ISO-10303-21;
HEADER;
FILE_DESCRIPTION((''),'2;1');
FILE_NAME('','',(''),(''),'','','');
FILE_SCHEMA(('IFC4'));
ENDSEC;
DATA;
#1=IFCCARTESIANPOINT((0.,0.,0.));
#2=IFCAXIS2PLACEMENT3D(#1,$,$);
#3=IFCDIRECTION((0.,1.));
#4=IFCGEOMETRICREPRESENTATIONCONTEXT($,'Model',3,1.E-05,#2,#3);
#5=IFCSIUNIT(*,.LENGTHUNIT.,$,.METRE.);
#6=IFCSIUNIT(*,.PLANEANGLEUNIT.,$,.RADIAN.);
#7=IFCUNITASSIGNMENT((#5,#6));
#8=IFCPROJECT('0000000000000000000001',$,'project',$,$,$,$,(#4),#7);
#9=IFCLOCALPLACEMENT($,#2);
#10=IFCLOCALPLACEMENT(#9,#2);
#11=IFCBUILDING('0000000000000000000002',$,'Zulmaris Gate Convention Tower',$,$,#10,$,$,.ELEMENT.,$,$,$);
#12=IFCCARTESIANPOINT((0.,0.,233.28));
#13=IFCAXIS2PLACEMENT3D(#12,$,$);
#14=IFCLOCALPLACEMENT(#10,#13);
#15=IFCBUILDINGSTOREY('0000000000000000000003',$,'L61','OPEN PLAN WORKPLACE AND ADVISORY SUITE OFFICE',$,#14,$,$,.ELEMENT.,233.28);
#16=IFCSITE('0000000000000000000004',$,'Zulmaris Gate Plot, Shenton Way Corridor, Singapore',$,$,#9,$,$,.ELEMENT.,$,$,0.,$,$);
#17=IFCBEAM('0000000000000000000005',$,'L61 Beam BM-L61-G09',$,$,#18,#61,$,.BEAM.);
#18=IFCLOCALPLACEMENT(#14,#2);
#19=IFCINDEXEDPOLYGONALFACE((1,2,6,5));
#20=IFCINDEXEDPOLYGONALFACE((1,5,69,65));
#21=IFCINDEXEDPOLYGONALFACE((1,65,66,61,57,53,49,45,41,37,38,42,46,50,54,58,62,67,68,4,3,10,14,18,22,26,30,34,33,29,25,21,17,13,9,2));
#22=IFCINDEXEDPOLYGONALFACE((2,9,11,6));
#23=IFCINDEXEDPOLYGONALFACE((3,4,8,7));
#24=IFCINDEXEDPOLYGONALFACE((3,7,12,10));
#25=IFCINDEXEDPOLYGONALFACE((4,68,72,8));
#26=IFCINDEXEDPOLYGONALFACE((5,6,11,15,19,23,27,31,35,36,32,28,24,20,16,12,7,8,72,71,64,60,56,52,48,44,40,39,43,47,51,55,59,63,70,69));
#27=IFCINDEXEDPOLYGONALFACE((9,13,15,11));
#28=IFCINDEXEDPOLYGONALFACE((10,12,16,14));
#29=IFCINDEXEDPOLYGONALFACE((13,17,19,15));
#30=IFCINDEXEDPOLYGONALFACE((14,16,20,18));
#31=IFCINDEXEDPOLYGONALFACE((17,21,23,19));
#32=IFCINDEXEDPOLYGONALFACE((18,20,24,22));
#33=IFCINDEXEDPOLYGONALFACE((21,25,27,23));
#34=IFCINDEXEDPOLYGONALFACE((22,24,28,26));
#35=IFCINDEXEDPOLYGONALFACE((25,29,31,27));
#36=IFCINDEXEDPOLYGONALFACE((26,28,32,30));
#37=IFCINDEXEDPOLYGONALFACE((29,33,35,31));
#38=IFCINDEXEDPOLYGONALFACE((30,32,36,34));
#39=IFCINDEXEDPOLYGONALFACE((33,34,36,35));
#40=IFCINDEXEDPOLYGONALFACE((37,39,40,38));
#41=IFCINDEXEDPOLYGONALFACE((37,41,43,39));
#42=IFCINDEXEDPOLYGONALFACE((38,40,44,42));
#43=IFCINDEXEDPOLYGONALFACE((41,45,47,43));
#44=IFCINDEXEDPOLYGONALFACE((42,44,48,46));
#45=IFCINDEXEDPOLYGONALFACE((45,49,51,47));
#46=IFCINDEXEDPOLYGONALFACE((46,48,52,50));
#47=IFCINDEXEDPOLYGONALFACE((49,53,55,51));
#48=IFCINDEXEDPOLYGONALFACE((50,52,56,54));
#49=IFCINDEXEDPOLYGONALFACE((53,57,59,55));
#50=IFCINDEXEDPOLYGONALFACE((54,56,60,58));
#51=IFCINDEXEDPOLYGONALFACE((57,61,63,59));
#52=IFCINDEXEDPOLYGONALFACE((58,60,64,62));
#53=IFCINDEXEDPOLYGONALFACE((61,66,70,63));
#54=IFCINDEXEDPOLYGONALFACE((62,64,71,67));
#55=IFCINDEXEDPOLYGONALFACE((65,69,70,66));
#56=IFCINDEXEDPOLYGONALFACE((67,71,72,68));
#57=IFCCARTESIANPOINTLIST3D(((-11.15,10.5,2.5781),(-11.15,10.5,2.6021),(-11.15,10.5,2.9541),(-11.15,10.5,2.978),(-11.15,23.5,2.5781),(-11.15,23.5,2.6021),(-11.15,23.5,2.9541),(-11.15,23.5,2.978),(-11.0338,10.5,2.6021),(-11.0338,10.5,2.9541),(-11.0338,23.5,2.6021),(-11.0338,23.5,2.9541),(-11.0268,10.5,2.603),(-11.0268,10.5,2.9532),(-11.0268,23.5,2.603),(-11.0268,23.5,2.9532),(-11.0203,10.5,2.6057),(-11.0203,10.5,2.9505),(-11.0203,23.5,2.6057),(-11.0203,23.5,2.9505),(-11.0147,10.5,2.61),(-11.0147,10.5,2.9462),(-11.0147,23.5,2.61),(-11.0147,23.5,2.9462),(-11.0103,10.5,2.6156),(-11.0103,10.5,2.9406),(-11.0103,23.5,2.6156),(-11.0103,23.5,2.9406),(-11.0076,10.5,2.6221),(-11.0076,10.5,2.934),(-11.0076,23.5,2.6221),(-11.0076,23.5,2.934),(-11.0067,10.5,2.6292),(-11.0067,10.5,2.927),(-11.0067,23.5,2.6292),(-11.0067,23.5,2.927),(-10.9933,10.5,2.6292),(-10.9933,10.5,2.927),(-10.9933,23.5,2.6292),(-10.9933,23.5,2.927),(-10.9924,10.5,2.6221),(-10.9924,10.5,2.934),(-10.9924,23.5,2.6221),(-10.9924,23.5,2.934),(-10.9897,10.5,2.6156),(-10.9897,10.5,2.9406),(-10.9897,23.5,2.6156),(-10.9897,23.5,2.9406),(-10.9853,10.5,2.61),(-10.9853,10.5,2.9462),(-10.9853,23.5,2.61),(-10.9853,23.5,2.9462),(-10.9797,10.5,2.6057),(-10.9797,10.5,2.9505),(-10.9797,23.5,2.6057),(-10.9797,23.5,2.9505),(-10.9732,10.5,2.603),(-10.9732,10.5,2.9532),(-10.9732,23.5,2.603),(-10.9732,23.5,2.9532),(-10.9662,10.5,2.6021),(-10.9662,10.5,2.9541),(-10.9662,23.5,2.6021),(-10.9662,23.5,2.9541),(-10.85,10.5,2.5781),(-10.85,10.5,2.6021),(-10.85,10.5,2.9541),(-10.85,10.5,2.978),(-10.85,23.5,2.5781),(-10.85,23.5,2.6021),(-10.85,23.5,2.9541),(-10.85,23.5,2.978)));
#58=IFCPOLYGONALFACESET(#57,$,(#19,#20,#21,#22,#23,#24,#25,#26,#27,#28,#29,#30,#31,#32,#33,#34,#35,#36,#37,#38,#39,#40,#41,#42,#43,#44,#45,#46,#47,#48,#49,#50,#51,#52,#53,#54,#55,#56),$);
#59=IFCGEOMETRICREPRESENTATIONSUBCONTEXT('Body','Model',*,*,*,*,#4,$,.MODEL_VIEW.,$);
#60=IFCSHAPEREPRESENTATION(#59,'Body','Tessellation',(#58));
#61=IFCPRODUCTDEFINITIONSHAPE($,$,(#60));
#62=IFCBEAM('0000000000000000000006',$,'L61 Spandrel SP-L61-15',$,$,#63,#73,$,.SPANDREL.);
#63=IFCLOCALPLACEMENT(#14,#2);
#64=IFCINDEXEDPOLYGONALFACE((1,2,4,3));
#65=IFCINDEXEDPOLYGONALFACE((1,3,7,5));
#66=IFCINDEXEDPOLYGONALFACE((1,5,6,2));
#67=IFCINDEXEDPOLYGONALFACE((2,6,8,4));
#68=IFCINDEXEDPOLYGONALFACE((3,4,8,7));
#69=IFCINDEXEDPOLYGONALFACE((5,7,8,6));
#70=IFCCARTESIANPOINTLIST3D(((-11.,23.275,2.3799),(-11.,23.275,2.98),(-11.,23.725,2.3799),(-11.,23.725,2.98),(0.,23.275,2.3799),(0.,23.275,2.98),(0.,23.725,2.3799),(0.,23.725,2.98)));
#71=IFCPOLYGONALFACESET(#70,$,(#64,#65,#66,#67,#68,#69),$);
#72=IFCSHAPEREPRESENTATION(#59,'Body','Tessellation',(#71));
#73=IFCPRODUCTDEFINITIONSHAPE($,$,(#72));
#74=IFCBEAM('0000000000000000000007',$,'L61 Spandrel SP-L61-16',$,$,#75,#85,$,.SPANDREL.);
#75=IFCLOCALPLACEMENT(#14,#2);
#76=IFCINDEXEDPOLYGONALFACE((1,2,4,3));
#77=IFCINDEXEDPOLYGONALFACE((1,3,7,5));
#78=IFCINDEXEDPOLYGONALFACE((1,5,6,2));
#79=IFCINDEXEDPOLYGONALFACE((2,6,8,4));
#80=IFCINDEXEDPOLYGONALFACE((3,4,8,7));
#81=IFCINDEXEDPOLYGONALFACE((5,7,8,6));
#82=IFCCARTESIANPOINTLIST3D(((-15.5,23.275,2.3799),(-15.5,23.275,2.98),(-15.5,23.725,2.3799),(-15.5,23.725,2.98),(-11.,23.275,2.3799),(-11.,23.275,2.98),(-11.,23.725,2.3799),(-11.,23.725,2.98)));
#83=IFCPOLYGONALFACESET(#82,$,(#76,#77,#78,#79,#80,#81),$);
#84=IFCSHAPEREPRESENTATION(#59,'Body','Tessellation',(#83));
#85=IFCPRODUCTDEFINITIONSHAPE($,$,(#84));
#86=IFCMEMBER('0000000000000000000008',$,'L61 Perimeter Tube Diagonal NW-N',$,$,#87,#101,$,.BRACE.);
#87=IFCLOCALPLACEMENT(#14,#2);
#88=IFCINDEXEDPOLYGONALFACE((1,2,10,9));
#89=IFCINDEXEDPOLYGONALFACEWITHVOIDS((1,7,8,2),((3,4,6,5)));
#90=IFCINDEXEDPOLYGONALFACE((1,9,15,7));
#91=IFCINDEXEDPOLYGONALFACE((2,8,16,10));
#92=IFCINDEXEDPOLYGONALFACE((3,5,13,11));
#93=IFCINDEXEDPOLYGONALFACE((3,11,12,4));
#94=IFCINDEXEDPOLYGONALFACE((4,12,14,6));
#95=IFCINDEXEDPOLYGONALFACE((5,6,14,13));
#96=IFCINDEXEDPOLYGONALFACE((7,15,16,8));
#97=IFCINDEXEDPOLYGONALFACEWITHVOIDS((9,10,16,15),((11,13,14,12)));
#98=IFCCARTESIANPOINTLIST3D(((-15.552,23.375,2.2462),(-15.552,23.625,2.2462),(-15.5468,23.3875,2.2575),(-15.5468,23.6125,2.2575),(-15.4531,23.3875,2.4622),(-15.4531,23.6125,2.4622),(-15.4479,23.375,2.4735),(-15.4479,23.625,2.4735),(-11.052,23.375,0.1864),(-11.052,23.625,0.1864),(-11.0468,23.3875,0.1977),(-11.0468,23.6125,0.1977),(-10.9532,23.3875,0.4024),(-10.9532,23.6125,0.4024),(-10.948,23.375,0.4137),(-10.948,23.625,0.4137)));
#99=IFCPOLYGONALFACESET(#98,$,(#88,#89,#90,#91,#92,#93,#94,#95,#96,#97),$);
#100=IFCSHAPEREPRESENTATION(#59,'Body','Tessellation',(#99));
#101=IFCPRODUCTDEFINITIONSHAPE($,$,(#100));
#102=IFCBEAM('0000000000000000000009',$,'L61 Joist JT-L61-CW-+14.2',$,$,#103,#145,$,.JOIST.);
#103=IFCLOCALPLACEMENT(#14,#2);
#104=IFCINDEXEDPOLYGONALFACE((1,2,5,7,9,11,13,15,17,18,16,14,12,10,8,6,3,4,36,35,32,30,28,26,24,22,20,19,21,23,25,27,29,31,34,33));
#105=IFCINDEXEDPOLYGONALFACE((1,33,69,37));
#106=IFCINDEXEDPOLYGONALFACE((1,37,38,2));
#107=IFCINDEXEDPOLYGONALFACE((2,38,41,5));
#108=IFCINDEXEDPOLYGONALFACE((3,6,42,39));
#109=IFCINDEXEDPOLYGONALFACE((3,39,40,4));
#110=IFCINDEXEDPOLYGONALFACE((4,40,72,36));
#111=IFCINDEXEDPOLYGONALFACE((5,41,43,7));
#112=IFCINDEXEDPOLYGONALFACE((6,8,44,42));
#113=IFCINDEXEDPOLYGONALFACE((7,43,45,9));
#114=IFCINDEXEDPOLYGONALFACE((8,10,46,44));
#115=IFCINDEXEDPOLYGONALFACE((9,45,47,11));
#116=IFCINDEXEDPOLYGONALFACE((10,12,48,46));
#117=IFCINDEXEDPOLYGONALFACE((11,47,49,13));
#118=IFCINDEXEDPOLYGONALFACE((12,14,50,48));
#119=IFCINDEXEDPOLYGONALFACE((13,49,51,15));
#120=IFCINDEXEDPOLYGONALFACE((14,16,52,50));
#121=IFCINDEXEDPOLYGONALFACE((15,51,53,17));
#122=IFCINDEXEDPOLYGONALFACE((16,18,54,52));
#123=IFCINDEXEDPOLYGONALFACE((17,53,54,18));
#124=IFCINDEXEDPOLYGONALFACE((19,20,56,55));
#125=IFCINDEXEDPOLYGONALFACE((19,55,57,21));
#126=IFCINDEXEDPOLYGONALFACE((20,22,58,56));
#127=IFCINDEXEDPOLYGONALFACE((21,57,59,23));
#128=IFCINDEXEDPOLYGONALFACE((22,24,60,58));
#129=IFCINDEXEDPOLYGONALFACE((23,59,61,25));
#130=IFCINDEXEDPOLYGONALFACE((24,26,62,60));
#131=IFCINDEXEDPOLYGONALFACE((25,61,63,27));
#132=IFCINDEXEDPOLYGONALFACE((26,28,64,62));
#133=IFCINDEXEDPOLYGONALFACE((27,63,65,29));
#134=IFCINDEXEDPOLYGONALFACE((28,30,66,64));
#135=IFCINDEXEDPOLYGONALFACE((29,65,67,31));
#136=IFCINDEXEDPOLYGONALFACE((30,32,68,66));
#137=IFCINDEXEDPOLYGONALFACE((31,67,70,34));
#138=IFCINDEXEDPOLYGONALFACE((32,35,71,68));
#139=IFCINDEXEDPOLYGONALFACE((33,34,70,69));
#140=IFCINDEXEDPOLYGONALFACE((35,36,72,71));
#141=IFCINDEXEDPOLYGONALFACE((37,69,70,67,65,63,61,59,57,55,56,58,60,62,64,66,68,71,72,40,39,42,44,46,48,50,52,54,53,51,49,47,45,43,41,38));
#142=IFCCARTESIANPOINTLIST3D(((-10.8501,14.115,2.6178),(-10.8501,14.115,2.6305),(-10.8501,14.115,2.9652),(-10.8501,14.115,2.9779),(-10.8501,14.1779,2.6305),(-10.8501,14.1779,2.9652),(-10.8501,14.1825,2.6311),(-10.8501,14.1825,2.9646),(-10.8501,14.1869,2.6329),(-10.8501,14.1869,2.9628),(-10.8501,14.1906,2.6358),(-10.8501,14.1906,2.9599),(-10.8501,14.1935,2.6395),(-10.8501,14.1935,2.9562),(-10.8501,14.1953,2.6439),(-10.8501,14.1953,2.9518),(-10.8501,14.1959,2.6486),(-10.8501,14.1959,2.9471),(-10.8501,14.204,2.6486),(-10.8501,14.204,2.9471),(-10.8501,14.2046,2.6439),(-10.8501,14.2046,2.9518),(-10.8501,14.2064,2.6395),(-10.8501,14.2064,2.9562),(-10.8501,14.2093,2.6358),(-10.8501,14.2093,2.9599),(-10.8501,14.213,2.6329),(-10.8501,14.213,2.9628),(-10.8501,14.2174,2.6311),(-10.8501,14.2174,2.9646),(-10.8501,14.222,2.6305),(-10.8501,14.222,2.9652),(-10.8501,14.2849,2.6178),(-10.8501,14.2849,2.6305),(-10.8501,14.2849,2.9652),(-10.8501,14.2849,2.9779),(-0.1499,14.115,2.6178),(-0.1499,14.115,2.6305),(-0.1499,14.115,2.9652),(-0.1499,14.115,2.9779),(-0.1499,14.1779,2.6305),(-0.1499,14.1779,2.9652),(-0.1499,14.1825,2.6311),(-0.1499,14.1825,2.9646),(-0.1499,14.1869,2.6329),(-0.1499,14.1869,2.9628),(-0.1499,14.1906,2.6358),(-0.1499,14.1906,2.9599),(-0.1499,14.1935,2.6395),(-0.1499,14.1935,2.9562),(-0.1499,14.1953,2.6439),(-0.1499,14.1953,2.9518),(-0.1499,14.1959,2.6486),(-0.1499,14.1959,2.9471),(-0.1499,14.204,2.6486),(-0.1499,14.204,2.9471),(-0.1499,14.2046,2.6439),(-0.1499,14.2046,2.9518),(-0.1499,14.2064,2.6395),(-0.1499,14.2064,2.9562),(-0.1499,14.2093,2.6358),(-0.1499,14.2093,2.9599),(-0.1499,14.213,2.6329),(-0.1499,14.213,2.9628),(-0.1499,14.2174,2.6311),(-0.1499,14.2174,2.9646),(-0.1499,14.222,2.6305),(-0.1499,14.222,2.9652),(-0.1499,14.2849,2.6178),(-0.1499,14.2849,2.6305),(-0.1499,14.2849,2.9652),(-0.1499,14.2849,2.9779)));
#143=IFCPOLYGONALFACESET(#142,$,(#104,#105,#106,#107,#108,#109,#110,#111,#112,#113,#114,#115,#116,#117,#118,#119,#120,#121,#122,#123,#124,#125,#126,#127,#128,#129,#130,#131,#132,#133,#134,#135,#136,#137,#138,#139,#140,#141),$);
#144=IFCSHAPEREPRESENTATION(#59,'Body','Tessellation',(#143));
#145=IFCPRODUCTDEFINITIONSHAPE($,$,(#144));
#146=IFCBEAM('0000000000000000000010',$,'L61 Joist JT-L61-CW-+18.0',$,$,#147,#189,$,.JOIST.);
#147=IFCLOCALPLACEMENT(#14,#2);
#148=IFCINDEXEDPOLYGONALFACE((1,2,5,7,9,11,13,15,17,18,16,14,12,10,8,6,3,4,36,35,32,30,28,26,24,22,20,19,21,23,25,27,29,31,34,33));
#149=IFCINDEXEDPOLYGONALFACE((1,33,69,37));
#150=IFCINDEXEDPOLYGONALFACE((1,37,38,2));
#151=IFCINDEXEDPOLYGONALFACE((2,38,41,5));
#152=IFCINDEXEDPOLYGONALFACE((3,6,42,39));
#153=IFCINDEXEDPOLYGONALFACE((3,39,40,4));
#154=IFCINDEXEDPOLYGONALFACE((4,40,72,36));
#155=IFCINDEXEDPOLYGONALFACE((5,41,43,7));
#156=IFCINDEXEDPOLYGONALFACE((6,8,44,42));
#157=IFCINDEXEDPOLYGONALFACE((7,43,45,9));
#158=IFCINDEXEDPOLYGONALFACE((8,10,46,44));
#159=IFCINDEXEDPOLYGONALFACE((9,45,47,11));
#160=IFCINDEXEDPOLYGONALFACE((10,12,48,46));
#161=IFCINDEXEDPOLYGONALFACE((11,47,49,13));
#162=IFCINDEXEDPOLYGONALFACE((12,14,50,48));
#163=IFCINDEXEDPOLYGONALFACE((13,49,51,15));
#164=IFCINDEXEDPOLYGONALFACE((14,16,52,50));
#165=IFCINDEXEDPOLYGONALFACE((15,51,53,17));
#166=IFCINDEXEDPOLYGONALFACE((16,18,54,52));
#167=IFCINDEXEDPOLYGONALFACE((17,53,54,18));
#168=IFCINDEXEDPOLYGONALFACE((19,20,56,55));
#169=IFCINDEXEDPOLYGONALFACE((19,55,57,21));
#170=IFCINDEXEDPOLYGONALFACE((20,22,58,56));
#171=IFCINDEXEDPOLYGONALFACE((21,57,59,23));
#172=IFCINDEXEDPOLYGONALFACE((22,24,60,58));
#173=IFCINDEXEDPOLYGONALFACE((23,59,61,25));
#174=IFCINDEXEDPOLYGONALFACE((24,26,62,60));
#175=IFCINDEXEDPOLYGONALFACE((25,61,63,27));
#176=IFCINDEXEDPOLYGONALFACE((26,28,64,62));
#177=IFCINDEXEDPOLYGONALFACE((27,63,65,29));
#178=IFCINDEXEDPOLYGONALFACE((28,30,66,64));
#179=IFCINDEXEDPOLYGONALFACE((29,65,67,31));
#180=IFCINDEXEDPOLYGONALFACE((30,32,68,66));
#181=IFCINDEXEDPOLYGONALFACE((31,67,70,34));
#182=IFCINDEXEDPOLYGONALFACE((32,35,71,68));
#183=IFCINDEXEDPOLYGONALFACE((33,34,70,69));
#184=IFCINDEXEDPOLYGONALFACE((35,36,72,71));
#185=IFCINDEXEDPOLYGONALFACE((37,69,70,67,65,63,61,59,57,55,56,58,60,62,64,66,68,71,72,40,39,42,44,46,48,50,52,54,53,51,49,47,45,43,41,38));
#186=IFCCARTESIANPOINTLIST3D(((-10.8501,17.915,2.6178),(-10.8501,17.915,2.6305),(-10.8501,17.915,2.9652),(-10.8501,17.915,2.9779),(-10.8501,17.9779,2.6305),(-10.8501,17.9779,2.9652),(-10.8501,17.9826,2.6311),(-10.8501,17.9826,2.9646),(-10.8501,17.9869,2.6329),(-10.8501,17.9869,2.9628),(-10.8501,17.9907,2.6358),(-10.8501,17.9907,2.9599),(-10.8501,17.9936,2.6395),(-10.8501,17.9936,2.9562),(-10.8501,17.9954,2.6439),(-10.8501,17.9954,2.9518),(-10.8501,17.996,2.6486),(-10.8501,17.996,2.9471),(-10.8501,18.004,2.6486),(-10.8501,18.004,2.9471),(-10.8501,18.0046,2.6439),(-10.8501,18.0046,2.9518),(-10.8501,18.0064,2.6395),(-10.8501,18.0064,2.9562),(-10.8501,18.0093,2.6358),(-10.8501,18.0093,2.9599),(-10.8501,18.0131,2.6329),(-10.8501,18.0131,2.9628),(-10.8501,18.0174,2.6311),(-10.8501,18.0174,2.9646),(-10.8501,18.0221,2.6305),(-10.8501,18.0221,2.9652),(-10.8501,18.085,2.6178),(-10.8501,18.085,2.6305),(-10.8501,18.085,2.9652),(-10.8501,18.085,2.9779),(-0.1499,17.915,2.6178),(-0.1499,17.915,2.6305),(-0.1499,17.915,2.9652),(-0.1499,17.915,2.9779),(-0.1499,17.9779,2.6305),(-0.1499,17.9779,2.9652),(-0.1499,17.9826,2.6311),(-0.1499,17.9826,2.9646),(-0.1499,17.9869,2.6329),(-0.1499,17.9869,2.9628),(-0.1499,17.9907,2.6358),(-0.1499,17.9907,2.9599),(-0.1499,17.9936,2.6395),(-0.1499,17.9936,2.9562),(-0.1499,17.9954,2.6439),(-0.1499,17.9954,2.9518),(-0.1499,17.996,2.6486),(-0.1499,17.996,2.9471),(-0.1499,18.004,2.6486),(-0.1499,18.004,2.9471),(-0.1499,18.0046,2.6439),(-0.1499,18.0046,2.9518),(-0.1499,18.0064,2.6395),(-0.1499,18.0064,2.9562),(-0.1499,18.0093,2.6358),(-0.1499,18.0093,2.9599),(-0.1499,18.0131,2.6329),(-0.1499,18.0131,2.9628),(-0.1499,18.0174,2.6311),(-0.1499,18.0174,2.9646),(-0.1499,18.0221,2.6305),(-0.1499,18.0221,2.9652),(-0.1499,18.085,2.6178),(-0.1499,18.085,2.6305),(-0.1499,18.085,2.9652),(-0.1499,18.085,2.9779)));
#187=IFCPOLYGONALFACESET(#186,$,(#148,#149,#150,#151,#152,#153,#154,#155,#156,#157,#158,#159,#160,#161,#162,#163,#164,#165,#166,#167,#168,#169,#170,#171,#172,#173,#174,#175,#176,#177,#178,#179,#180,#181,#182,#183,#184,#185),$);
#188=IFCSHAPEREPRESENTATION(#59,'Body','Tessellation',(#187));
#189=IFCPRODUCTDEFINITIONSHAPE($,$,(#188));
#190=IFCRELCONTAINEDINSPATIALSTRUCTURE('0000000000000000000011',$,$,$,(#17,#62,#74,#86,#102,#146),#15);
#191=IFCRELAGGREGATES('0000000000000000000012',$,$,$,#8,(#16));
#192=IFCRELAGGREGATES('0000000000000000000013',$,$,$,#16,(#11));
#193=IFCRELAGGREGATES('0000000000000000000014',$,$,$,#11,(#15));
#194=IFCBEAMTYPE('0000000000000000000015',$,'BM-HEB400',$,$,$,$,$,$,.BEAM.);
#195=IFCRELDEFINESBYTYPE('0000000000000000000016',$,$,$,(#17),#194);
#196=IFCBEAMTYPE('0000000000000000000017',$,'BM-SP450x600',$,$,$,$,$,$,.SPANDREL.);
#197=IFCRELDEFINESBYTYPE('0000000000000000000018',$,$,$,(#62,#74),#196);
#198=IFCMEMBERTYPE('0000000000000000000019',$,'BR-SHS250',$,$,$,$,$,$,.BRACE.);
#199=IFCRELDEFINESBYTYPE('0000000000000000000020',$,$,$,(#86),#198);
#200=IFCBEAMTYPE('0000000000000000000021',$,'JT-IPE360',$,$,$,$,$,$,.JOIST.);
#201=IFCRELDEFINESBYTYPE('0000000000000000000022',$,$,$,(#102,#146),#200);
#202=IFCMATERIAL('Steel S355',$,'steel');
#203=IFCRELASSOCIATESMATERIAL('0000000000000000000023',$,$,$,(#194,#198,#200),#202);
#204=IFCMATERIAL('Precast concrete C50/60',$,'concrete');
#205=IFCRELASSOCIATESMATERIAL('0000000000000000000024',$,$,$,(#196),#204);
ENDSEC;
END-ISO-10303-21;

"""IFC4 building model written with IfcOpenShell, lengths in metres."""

from ifc_helpers import new_model, si_unit, direction, frame, origin, origin_2d, place, context, subcontext, project, spatial, rectangle, hollow_rectangle, i_section, extrude, material, material_profile, profile_set, type_object, element, save


model = new_model("IFC4")

# Units and contexts
model_context = context("Model", 3, precision=1e-05, world=origin(), true_north=direction((0.0, 1.0)))
body_context = subcontext(model_context, "Body", "Model", "MODEL_VIEW")
ifc_project = project(units=[si_unit("LENGTHUNIT", "METRE"), si_unit("PLANEANGLEUNIT", "RADIAN")], contexts=[model_context])

# Site, building, storey
site_placement = place(None, origin())
site = spatial("IfcSite", under=ifc_project, at=site_placement, Name="Zulmaris Gate Plot, Shenton Way Corridor, Singapore", CompositionType="ELEMENT", RefElevation=0.0)
building_placement = place(site_placement, origin())
building = spatial("IfcBuilding", under=site, at=building_placement, Name="Zulmaris Gate Convention Tower", CompositionType="ELEMENT")
storey_placement = place(building_placement, frame((0.0, 0.0, 233.28)))
storey = spatial("IfcBuildingStorey", under=building, at=storey_placement, Name="L61", Description="OPEN PLAN WORKPLACE AND ADVISORY SUITE OFFICE", CompositionType="ELEMENT", Elevation=233.28)

# Beams
ifc_material_1 = material(Name="Steel S355", Category="steel")
ifc_material_profile_1 = material_profile(ifc_material_1, i_section(OverallWidth=0.3, OverallDepth=0.3999, WebThickness=0.0134, FlangeThickness=0.0239, FilletRadius=0.0271, at=origin_2d()), Name="HEB 400")
ifc_profile_set_1 = profile_set([ifc_material_profile_1], Name="Steel S355")
beam_type_1 = type_object("IfcBeamType", Name="BM-HEB400", PredefinedType="BEAM", material=ifc_profile_set_1)
beam_1_placement = place(storey_placement, frame((-11.0, 10.5, 2.7781), z_axis=(0.0, 1.0, 0.0), x_axis=(-1.0, 0.0, 0.0)))
element("IfcBeam", 1, at=beam_1_placement, inside=storey, type_object=beam_type_1, Name="L61 Beam BM-L61-G09", PredefinedType="BEAM", context=body_context, shape_type="SweptSolid", body=[
    extrude(i_section(OverallWidth=0.3, OverallDepth=0.3999, WebThickness=0.0134, FlangeThickness=0.0239, FilletRadius=0.0271, at=origin_2d()), origin(), (0.0, 0.0, 1.0), 13.0),
])
ifc_material_2 = material(Name="Precast concrete C50/60", Category="concrete")
ifc_material_profile_2 = material_profile(ifc_material_2, rectangle(XDim=0.45, YDim=0.6001, at=origin_2d()), Name="RC SPANDREL 450x600")
ifc_profile_set_2 = profile_set([ifc_material_profile_2], Name="Precast concrete C50/60")
beam_type_2 = type_object("IfcBeamType", Name="BM-SP450x600", PredefinedType="SPANDREL", material=ifc_profile_set_2)
beam_2_placement = place(storey_placement, frame((0.0, 23.5, 2.6799), z_axis=(-1.0, 0.0, 0.0), x_axis=(0.0, -1.0, 0.0)))
element("IfcBeam", 2, at=beam_2_placement, inside=storey, type_object=beam_type_2, Name="L61 Spandrel SP-L61-15", PredefinedType="SPANDREL", context=body_context, shape_type="SweptSolid", body=[
    extrude(rectangle(XDim=0.45, YDim=0.6001, at=origin_2d()), origin(), (0.0, 0.0, 1.0), 11.0),
])
beam_3_placement = place(storey_placement, frame((-11.0, 23.5, 2.6799), z_axis=(-1.0, 0.0, 0.0), x_axis=(0.0, -1.0, 0.0)))
element("IfcBeam", 3, at=beam_3_placement, inside=storey, type_object=beam_type_2, Name="L61 Spandrel SP-L61-16", PredefinedType="SPANDREL", context=body_context, shape_type="SweptSolid", body=[
    extrude(rectangle(XDim=0.45, YDim=0.6001, at=origin_2d()), origin(), (0.0, 0.0, 1.0), 4.5),
])

# Member
ifc_material_profile_3 = material_profile(ifc_material_1, hollow_rectangle(XDim=0.25, YDim=0.25, WallThickness=0.0125, at=origin_2d()), Name="SHS 250x250x12.5")
ifc_profile_set_3 = profile_set([ifc_material_profile_3], Name="Steel S355")
member_type = type_object("IfcMemberType", Name="BR-SHS250", PredefinedType="BRACE", material=ifc_profile_set_3)
member_placement = place(storey_placement, frame((-11.0, 23.5, 0.3), z_axis=(-0.90927, 0.0, 0.416206), x_axis=(0.0, -1.0, 0.0)))
element("IfcMember", 4, at=member_placement, inside=storey, type_object=member_type, Name="L61 Perimeter Tube Diagonal NW-N", PredefinedType="BRACE", context=body_context, shape_type="SweptSolid", body=[
    extrude(hollow_rectangle(XDim=0.25, YDim=0.25, WallThickness=0.0125, at=origin_2d()), origin(), (0.0, 0.0, 1.0), 4.949),
])

# Beams
ifc_material_profile_4 = material_profile(ifc_material_1, i_section(OverallWidth=0.1699, OverallDepth=0.3601, WebThickness=0.0081, FlangeThickness=0.0127, FilletRadius=0.0181, at=origin_2d()), Name="IPE 360")
ifc_profile_set_4 = profile_set([ifc_material_profile_4], Name="Steel S355")
beam_type_3 = type_object("IfcBeamType", Name="JT-IPE360", PredefinedType="JOIST", material=ifc_profile_set_4)
for number, where, z_axis, x_axis, name in (
    (5, (-10.8501, 14.2, 2.7979), (1.0, 0.0, 0.0), (0.0, 1.0, 0.0), "L61 Joist JT-L61-CW-+14.2"),
    (6, (-10.8501, 18.0, 2.7979), (1.0, 0.0, 0.0), (0.0, 1.0, 0.0), "L61 Joist JT-L61-CW-+18.0"),
):
    element("IfcBeam", number, at=place(storey_placement, frame(where, z_axis=z_axis, x_axis=x_axis)), inside=storey, type_object=beam_type_3, Name=name, PredefinedType="JOIST", context=body_context, shape_type="SweptSolid", body=[
        extrude(i_section(OverallWidth=0.1699, OverallDepth=0.3601, WebThickness=0.0081, FlangeThickness=0.0127, FilletRadius=0.0181, at=origin_2d()), origin(), (0.0, 0.0, 1.0), 10.7002),
    ])

save(model, "model.ifc")
